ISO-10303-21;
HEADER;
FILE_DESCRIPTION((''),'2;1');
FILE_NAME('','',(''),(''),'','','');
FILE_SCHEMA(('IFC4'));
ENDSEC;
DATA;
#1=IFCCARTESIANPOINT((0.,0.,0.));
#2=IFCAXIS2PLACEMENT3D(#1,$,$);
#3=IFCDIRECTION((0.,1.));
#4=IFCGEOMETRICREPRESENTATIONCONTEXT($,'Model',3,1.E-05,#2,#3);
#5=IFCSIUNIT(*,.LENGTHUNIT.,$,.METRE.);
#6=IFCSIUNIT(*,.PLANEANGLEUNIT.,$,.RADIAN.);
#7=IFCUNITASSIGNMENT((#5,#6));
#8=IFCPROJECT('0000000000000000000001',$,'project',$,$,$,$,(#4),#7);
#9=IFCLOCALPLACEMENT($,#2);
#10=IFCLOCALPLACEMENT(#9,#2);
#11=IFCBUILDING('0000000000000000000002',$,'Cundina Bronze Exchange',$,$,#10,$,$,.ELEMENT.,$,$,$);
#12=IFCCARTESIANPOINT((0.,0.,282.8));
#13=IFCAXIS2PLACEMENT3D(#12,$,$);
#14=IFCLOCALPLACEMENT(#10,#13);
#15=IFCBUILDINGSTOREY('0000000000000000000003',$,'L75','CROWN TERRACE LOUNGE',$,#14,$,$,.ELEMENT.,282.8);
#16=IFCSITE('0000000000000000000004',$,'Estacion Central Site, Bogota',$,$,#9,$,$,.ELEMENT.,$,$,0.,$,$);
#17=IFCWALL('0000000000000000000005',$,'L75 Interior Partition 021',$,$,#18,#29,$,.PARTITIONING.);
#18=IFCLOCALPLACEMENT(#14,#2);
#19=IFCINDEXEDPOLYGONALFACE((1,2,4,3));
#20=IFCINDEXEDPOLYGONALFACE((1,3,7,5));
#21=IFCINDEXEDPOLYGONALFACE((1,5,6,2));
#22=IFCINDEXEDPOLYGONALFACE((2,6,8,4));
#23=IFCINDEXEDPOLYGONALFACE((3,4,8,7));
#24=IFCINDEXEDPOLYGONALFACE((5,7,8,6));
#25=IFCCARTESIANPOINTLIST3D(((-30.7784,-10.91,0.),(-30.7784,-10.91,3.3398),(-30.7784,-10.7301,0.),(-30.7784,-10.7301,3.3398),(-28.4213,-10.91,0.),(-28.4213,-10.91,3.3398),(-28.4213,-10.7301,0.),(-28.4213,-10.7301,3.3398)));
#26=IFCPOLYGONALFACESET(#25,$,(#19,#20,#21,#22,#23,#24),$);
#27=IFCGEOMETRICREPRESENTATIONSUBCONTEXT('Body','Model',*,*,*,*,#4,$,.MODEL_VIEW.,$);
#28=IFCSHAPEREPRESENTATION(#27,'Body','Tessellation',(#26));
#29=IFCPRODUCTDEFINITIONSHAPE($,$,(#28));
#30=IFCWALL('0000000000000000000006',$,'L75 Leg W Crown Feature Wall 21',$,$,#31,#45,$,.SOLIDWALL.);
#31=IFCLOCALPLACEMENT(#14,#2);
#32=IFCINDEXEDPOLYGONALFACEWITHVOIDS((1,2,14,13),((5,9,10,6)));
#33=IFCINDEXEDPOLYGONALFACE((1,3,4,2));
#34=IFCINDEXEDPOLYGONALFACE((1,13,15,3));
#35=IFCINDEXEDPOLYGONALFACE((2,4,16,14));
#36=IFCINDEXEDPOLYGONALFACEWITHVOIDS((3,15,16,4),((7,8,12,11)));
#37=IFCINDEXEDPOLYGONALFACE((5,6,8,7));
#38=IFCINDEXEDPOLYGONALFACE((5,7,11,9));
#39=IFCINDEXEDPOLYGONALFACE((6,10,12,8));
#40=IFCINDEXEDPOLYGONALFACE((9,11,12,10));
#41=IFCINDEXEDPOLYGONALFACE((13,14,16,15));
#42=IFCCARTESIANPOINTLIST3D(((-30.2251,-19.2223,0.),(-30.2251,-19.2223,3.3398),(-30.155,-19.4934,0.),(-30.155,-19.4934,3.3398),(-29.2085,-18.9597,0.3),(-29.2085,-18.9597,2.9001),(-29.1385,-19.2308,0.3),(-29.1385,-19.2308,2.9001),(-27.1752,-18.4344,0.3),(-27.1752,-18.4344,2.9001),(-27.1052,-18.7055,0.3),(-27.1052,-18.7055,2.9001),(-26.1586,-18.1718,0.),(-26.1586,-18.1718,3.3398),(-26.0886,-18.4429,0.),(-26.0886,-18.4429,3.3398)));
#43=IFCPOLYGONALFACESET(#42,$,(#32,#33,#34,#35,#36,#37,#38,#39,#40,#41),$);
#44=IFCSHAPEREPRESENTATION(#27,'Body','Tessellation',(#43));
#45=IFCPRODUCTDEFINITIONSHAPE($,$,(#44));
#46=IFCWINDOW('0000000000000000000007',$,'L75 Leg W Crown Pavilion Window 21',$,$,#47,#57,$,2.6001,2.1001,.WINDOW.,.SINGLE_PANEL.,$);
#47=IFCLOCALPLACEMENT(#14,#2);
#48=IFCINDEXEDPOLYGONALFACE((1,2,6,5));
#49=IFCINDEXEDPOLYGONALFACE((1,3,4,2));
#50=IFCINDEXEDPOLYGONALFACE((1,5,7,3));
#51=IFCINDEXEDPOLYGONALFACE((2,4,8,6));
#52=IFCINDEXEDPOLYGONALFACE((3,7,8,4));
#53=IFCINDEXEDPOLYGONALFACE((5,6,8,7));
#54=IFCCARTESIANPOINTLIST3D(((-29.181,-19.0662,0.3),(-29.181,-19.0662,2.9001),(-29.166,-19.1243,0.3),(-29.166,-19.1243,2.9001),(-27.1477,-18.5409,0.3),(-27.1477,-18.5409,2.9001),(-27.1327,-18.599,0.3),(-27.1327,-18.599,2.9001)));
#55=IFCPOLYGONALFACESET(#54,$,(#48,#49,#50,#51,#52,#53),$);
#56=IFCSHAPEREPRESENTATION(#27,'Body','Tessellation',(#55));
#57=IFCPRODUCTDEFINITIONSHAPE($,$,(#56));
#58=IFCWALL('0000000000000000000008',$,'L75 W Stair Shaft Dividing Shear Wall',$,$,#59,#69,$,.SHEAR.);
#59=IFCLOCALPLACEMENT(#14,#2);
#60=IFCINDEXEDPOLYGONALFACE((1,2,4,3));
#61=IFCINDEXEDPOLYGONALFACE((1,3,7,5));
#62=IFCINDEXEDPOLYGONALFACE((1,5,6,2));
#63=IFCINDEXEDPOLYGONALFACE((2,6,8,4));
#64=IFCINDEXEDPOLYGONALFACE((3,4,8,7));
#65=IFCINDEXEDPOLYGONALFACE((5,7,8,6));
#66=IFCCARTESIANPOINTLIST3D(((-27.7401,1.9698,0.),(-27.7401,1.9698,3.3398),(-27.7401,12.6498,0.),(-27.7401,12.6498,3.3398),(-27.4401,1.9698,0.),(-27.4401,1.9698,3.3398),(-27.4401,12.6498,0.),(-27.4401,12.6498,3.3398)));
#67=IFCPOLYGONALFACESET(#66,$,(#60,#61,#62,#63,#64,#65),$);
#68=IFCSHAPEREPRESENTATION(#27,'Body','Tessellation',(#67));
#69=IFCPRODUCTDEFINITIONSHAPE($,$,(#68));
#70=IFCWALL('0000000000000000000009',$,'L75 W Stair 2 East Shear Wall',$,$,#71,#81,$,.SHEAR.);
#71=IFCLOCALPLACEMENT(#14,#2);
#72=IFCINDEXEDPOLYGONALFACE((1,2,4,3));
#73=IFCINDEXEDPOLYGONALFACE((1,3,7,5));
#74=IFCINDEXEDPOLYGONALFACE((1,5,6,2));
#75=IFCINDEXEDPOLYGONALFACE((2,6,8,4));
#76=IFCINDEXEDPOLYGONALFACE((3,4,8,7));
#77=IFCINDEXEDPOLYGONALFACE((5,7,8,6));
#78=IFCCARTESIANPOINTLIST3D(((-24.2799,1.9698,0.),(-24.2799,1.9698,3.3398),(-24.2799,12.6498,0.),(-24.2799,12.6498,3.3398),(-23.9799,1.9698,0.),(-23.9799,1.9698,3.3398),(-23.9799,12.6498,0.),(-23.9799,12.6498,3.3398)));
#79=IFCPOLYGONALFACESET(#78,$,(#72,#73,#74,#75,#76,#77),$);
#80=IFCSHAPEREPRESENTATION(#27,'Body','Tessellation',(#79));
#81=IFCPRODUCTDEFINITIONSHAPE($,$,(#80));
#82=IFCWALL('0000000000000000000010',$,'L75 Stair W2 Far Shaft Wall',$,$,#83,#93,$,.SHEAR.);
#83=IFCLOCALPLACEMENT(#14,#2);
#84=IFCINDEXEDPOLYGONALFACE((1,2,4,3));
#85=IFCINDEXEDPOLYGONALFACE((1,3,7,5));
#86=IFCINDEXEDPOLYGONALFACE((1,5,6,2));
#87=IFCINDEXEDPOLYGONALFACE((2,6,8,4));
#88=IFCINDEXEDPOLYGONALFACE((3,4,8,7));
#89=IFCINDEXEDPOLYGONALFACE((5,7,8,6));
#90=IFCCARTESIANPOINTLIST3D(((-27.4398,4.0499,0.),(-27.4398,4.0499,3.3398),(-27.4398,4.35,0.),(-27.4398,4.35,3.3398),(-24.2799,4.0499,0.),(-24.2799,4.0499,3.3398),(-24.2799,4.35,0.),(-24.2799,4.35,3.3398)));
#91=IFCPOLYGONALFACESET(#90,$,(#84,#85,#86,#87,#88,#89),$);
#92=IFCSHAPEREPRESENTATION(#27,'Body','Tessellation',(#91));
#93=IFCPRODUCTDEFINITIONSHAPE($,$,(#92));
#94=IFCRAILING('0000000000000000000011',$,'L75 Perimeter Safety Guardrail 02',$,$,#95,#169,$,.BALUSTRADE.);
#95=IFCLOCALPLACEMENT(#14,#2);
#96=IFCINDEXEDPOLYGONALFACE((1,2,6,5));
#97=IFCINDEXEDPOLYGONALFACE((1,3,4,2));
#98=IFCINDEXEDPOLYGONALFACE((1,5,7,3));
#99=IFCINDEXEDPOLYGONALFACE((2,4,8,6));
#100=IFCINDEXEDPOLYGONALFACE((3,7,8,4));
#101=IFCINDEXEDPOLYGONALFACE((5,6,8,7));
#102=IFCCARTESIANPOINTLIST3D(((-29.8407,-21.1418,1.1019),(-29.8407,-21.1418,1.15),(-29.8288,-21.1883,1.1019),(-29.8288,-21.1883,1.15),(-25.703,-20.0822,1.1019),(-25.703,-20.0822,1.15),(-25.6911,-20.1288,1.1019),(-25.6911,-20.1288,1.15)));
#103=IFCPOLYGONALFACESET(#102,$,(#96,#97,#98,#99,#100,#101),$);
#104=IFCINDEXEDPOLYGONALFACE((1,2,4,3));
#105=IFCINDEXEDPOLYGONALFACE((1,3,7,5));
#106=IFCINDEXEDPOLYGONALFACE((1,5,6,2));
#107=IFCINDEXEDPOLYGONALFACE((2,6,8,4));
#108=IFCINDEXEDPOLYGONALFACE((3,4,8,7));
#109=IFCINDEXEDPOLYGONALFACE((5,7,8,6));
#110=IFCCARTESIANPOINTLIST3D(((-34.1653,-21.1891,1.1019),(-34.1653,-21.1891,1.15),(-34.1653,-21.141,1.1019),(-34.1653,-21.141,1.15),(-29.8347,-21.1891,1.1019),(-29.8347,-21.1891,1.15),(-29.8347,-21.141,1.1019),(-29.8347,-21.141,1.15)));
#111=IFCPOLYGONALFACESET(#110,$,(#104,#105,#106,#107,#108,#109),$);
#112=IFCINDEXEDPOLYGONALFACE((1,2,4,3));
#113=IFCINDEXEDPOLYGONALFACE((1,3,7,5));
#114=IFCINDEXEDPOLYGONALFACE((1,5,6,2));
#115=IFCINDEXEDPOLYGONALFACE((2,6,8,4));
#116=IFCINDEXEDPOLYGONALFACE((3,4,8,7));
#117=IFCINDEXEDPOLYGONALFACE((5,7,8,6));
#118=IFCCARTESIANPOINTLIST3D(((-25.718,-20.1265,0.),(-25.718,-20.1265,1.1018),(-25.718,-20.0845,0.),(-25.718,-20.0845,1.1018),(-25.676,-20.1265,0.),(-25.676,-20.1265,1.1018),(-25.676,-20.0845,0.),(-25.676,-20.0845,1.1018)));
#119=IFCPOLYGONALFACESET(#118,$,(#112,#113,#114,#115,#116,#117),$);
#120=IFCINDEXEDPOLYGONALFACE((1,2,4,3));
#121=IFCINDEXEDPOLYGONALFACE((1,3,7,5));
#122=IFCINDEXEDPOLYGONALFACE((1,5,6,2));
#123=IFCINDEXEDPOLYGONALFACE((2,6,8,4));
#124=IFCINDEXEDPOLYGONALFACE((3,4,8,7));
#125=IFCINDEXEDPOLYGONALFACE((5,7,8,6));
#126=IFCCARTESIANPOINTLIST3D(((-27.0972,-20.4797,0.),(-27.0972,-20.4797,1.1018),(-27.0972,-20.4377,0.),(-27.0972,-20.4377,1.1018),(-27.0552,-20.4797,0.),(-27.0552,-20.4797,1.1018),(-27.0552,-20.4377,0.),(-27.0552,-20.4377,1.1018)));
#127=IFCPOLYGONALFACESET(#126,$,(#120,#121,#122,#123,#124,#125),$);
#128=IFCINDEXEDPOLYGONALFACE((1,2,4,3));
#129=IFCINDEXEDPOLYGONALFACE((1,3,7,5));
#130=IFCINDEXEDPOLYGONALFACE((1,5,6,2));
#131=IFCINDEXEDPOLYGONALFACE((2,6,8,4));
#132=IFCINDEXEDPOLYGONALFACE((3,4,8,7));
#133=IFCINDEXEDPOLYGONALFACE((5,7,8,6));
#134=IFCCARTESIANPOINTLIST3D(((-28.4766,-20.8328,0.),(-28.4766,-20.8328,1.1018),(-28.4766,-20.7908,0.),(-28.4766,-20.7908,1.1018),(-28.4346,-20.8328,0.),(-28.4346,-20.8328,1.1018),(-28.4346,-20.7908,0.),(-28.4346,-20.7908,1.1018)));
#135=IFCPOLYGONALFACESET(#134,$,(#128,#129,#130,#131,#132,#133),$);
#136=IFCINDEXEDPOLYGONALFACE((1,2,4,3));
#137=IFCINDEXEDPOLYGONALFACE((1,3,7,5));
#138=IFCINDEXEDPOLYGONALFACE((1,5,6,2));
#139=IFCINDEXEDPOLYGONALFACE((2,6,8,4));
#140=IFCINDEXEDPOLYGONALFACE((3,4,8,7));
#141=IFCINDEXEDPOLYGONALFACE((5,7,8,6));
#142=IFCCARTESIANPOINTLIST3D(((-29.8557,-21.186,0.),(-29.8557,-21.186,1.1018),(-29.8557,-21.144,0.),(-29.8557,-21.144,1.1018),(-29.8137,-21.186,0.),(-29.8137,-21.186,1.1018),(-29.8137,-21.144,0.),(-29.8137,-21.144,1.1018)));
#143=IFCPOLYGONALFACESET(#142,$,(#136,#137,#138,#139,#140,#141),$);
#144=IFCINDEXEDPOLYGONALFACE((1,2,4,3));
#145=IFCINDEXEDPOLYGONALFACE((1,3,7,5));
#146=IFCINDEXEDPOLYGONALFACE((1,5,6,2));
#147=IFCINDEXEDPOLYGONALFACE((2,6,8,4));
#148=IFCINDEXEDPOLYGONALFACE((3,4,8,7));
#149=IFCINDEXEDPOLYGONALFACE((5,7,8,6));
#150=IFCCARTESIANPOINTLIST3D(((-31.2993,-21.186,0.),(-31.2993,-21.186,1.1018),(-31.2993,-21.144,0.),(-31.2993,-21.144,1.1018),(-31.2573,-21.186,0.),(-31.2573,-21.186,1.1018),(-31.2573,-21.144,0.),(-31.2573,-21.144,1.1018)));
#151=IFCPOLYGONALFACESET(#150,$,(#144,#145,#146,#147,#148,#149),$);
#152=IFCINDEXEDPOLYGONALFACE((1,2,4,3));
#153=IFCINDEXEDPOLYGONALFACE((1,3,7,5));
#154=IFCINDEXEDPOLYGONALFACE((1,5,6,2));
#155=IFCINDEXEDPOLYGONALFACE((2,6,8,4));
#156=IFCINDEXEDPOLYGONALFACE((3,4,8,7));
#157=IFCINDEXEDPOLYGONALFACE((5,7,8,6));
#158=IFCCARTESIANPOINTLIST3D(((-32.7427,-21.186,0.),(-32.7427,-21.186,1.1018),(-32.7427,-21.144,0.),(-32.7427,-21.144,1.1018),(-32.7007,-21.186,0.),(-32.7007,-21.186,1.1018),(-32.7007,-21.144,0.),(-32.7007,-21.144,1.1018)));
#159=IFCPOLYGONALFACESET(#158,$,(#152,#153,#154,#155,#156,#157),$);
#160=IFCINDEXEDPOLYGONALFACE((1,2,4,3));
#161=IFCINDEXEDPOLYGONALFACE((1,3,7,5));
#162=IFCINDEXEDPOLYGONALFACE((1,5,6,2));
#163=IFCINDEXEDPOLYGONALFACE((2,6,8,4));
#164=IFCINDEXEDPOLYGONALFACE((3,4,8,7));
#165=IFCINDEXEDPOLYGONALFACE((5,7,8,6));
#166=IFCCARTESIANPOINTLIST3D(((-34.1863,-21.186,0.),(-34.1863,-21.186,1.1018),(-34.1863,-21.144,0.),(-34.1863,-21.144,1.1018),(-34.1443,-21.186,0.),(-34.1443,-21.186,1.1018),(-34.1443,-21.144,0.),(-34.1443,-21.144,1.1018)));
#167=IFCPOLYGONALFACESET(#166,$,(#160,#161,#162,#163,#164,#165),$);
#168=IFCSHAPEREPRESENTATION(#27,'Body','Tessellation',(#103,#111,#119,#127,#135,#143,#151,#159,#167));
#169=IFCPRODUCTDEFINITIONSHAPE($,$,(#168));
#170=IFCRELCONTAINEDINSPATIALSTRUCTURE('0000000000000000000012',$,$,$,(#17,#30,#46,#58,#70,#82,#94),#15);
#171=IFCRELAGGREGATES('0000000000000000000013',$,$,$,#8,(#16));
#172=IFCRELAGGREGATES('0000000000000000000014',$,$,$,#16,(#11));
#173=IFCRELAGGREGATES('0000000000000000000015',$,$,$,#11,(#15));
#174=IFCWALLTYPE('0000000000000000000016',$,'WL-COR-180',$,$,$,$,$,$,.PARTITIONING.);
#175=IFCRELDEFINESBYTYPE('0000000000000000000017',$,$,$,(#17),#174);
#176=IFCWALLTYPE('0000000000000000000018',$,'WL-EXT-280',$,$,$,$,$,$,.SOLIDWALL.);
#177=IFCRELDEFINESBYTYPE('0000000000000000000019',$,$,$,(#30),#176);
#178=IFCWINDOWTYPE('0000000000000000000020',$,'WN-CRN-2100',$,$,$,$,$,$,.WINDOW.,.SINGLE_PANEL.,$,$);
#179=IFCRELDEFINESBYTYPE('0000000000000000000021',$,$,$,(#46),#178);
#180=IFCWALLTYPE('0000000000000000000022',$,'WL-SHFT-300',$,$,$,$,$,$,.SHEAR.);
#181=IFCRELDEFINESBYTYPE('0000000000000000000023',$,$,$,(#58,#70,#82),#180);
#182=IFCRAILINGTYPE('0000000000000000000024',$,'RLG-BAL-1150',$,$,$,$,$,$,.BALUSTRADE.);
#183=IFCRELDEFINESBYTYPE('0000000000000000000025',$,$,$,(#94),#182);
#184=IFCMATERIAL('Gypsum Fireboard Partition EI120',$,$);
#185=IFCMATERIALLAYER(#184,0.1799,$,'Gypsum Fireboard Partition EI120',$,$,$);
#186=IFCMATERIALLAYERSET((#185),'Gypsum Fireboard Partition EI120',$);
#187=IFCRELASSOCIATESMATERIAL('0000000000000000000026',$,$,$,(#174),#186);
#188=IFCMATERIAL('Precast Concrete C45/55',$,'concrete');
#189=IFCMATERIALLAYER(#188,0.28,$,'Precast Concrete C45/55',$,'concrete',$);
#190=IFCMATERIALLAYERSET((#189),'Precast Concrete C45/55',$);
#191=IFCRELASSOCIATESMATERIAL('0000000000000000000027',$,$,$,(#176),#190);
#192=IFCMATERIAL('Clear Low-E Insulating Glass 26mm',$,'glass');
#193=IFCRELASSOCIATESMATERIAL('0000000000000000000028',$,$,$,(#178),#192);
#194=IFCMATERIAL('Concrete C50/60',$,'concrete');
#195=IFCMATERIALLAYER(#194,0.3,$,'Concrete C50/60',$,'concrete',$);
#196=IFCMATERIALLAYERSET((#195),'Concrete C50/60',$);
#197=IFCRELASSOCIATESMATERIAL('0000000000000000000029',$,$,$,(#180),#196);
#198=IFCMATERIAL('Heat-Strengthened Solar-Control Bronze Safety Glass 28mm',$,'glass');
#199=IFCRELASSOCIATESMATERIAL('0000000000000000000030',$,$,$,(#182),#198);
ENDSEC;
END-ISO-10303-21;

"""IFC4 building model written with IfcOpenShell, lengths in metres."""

from ifc_helpers import new_model, si_unit, direction, frame, frame_2d, origin, origin_2d, place, context, subcontext, project, spatial, rectangle, extrude, material, layer, layer_set, type_object, element, fill, save


model = new_model("IFC4")

# Units and contexts
model_context = context("Model", 3, precision=1e-05, world=origin(), true_north=direction((0.0, 1.0)))
body_context = subcontext(model_context, "Body", "Model", "MODEL_VIEW")
ifc_project = project(units=[si_unit("LENGTHUNIT", "METRE"), si_unit("PLANEANGLEUNIT", "RADIAN")], contexts=[model_context])

# Site, building, storey
site_placement = place(None, origin())
site = spatial("IfcSite", under=ifc_project, at=site_placement, Name="Estacion Central Site, Bogota", CompositionType="ELEMENT", RefElevation=0.0)
building_placement = place(site_placement, origin())
building = spatial("IfcBuilding", under=site, at=building_placement, Name="Cundina Bronze Exchange", CompositionType="ELEMENT")
storey_placement = place(building_placement, frame((0.0, 0.0, 282.8)))
storey = spatial("IfcBuildingStorey", under=building, at=storey_placement, Name="L75", Description="CROWN TERRACE LOUNGE", CompositionType="ELEMENT", Elevation=282.8)

# Shared definitions
ifc_material_1 = material(Name="Clear Low-E Insulating Glass 26mm", Category="glass")

# Shared definitions
ifc_material_2 = material(Name="Gypsum Fireboard Partition EI120")
ifc_layer_1 = layer(ifc_material_2, 0.1799, Name="Gypsum Fireboard Partition EI120")
ifc_layer_set_1 = layer_set([ifc_layer_1], Name="Gypsum Fireboard Partition EI120")
wall_type_1 = type_object("IfcWallType", Name="WL-COR-180", PredefinedType="PARTITIONING", material=ifc_layer_set_1)

# Wall
wall_1_placement = place(storey_placement, frame((-30.7786, -10.8201, 0.0), z_axis=(0.0, 0.0, 1.0), x_axis=(1.0, 0.0, 0.0)))
element("IfcWall", 1, at=wall_1_placement, inside=storey, type_object=wall_type_1, Name="L75 Interior Partition 021", PredefinedType="PARTITIONING", context=body_context, shape_type="SweptSolid", body=[
    extrude(rectangle(XDim=2.3572, YDim=0.1799, at=frame_2d((1.1787, 0.0))), origin(), (0.0, 0.0, 1.0), 3.3398),
])

# Wall, opening, window
ifc_material_3 = material(Name="Precast Concrete C45/55", Category="concrete")
ifc_layer_2 = layer(ifc_material_3, 0.28, Name="Precast Concrete C45/55", Category="concrete")
ifc_layer_set_2 = layer_set([ifc_layer_2], Name="Precast Concrete C45/55")
wall_type_2 = type_object("IfcWallType", Name="WL-EXT-280", PredefinedType="SOLIDWALL", material=ifc_layer_set_2)
wall_2_placement = place(storey_placement, frame((-30.1902, -19.3579, 0.0), z_axis=(0.0, 0.0, 1.0), x_axis=(0.968212, 0.250133, 0.0)))
wall_2 = element("IfcWall", 2, at=wall_2_placement, inside=storey, type_object=wall_type_2, Name="L75 Leg W Crown Feature Wall 21", PredefinedType="SOLIDWALL", context=body_context, shape_type="SweptSolid", body=[
    extrude(rectangle(XDim=4.2, YDim=0.28, at=frame_2d((2.1001, 0.0))), origin(), (0.0, 0.0, 1.0), 3.3398),
])
opening_1_placement = place(wall_2_placement, frame((1.05, 0.0, 0.3)))
opening_1 = element("IfcOpeningElement", 3, at=opening_1_placement, cuts=wall_2, PredefinedType="OPENING", context=body_context, shape_type="SweptSolid", body=[
    extrude(rectangle(XDim=2.1001, YDim=2.6001, at=frame_2d((1.05, 1.3))), frame((0.0, 0.1499, 0.0), z_axis=(0.0, -1.0, 0.0), x_axis=(1.0, 0.0, 0.0)), (0.0, 0.0, 1.0), 0.3),
])
window_type = type_object("IfcWindowType", Name="WN-CRN-2100", PartitioningType="SINGLE_PANEL", PredefinedType="WINDOW", material=ifc_material_1)
window_placement = place(opening_1_placement, origin())
window = element("IfcWindow", 4, at=window_placement, inside=storey, type_object=window_type, Name="L75 Leg W Crown Pavilion Window 21", OverallHeight=2.6001, OverallWidth=2.1001, PartitioningType="SINGLE_PANEL", PredefinedType="WINDOW", context=body_context, shape_type="SweptSolid", body=[
    extrude(rectangle(XDim=2.1001, YDim=2.6001, at=frame_2d((1.05, 1.3))), frame((0.0, 0.03, 0.0), z_axis=(0.0, -1.0, 0.0), x_axis=(1.0, 0.0, 0.0)), (0.0, 0.0, 1.0), 0.0601),
])
fill(opening_1, window)

# Walls
ifc_material_4 = material(Name="Concrete C50/60", Category="concrete")
ifc_layer_3 = layer(ifc_material_4, 0.3, Name="Concrete C50/60", Category="concrete")
ifc_layer_set_3 = layer_set([ifc_layer_3], Name="Concrete C50/60")
wall_type_3 = type_object("IfcWallType", Name="WL-SHFT-300", PredefinedType="SHEAR", material=ifc_layer_set_3)
for number, where, z_axis, x_axis, name in (
    (5, (-27.5901, 1.97, 0.0), (0.0, 0.0, 1.0), (0.0, 1.0, 0.0), "L75 W Stair Shaft Dividing Shear Wall"),
    (6, (-24.1299, 1.97, 0.0), (0.0, 0.0, 1.0), (0.0, 1.0, 0.0), "L75 W Stair 2 East Shear Wall"),
):
    element("IfcWall", number, at=place(storey_placement, frame(where, z_axis=z_axis, x_axis=x_axis)), inside=storey, type_object=wall_type_3, Name=name, PredefinedType="SHEAR", context=body_context, shape_type="SweptSolid", body=[
        extrude(rectangle(XDim=10.6799, YDim=0.3, at=frame_2d((5.3398, 0.0))), origin(), (0.0, 0.0, 1.0), 3.3398),
    ])
wall_3_placement = place(storey_placement, frame((-27.4399, 4.2, 0.0), z_axis=(0.0, 0.0, 1.0), x_axis=(1.0, 0.0, 0.0)))
element("IfcWall", 7, at=wall_3_placement, inside=storey, type_object=wall_type_3, Name="L75 Stair W2 Far Shaft Wall", PredefinedType="SHEAR", context=body_context, shape_type="SweptSolid", body=[
    extrude(rectangle(XDim=3.1599, YDim=0.3, at=frame_2d((1.5801, 0.0))), origin(), (0.0, 0.0, 1.0), 3.3398),
])

# Railing
ifc_material_5 = material(Name="Heat-Strengthened Solar-Control Bronze Safety Glass 28mm", Category="glass")
railing_type = type_object("IfcRailingType", Name="RLG-BAL-1150", PredefinedType="BALUSTRADE", material=ifc_material_5)
railing_1_placement = place(storey_placement, frame((-25.697, -20.1055, 0.0)))
element("IfcRailing", 8, at=railing_1_placement, inside=storey, type_object=railing_type, Name="L75 Perimeter Safety Guardrail 02", PredefinedType="BALUSTRADE", context=body_context, shape_type="SweptSolid", body=[
    extrude(rectangle(XDim=0.0481, YDim=0.0481, at=origin_2d()), frame((0.0, 0.0, 1.126), z_axis=(-0.968741, -0.248073, 0.0), x_axis=(0.248073, -0.968741, 0.0)), (0.0, 0.0, 1.0), 4.2712),
    extrude(rectangle(XDim=0.0481, YDim=0.0481, at=origin_2d()), frame((-4.1377, -1.0596, 1.126), z_axis=(-1.0, 0.0, 0.0), x_axis=(0.0, -1.0, 0.0)), (0.0, 0.0, 1.0), 4.3306),
    extrude(rectangle(XDim=0.042, YDim=0.042, at=origin_2d()), origin(), (0.0, 0.0, 1.0), 1.1018),
    extrude(rectangle(XDim=0.042, YDim=0.042, at=origin_2d()), frame((-1.3792, -0.3533, 0.0)), (0.0, 0.0, 1.0), 1.1018),
    extrude(rectangle(XDim=0.042, YDim=0.042, at=origin_2d()), frame((-2.7585, -0.7063, 0.0)), (0.0, 0.0, 1.0), 1.1018),
    extrude(rectangle(XDim=0.042, YDim=0.042, at=origin_2d()), frame((-4.1377, -1.0596, 0.0)), (0.0, 0.0, 1.0), 1.1018),
    extrude(rectangle(XDim=0.042, YDim=0.042, at=origin_2d()), frame((-5.5813, -1.0596, 0.0)), (0.0, 0.0, 1.0), 1.1018),
    extrude(rectangle(XDim=0.042, YDim=0.042, at=origin_2d()), frame((-7.0247, -1.0596, 0.0)), (0.0, 0.0, 1.0), 1.1018),
    extrude(rectangle(XDim=0.042, YDim=0.042, at=origin_2d()), frame((-8.4683, -1.0596, 0.0)), (0.0, 0.0, 1.0), 1.1018),
])

save(model, "model.ifc")
